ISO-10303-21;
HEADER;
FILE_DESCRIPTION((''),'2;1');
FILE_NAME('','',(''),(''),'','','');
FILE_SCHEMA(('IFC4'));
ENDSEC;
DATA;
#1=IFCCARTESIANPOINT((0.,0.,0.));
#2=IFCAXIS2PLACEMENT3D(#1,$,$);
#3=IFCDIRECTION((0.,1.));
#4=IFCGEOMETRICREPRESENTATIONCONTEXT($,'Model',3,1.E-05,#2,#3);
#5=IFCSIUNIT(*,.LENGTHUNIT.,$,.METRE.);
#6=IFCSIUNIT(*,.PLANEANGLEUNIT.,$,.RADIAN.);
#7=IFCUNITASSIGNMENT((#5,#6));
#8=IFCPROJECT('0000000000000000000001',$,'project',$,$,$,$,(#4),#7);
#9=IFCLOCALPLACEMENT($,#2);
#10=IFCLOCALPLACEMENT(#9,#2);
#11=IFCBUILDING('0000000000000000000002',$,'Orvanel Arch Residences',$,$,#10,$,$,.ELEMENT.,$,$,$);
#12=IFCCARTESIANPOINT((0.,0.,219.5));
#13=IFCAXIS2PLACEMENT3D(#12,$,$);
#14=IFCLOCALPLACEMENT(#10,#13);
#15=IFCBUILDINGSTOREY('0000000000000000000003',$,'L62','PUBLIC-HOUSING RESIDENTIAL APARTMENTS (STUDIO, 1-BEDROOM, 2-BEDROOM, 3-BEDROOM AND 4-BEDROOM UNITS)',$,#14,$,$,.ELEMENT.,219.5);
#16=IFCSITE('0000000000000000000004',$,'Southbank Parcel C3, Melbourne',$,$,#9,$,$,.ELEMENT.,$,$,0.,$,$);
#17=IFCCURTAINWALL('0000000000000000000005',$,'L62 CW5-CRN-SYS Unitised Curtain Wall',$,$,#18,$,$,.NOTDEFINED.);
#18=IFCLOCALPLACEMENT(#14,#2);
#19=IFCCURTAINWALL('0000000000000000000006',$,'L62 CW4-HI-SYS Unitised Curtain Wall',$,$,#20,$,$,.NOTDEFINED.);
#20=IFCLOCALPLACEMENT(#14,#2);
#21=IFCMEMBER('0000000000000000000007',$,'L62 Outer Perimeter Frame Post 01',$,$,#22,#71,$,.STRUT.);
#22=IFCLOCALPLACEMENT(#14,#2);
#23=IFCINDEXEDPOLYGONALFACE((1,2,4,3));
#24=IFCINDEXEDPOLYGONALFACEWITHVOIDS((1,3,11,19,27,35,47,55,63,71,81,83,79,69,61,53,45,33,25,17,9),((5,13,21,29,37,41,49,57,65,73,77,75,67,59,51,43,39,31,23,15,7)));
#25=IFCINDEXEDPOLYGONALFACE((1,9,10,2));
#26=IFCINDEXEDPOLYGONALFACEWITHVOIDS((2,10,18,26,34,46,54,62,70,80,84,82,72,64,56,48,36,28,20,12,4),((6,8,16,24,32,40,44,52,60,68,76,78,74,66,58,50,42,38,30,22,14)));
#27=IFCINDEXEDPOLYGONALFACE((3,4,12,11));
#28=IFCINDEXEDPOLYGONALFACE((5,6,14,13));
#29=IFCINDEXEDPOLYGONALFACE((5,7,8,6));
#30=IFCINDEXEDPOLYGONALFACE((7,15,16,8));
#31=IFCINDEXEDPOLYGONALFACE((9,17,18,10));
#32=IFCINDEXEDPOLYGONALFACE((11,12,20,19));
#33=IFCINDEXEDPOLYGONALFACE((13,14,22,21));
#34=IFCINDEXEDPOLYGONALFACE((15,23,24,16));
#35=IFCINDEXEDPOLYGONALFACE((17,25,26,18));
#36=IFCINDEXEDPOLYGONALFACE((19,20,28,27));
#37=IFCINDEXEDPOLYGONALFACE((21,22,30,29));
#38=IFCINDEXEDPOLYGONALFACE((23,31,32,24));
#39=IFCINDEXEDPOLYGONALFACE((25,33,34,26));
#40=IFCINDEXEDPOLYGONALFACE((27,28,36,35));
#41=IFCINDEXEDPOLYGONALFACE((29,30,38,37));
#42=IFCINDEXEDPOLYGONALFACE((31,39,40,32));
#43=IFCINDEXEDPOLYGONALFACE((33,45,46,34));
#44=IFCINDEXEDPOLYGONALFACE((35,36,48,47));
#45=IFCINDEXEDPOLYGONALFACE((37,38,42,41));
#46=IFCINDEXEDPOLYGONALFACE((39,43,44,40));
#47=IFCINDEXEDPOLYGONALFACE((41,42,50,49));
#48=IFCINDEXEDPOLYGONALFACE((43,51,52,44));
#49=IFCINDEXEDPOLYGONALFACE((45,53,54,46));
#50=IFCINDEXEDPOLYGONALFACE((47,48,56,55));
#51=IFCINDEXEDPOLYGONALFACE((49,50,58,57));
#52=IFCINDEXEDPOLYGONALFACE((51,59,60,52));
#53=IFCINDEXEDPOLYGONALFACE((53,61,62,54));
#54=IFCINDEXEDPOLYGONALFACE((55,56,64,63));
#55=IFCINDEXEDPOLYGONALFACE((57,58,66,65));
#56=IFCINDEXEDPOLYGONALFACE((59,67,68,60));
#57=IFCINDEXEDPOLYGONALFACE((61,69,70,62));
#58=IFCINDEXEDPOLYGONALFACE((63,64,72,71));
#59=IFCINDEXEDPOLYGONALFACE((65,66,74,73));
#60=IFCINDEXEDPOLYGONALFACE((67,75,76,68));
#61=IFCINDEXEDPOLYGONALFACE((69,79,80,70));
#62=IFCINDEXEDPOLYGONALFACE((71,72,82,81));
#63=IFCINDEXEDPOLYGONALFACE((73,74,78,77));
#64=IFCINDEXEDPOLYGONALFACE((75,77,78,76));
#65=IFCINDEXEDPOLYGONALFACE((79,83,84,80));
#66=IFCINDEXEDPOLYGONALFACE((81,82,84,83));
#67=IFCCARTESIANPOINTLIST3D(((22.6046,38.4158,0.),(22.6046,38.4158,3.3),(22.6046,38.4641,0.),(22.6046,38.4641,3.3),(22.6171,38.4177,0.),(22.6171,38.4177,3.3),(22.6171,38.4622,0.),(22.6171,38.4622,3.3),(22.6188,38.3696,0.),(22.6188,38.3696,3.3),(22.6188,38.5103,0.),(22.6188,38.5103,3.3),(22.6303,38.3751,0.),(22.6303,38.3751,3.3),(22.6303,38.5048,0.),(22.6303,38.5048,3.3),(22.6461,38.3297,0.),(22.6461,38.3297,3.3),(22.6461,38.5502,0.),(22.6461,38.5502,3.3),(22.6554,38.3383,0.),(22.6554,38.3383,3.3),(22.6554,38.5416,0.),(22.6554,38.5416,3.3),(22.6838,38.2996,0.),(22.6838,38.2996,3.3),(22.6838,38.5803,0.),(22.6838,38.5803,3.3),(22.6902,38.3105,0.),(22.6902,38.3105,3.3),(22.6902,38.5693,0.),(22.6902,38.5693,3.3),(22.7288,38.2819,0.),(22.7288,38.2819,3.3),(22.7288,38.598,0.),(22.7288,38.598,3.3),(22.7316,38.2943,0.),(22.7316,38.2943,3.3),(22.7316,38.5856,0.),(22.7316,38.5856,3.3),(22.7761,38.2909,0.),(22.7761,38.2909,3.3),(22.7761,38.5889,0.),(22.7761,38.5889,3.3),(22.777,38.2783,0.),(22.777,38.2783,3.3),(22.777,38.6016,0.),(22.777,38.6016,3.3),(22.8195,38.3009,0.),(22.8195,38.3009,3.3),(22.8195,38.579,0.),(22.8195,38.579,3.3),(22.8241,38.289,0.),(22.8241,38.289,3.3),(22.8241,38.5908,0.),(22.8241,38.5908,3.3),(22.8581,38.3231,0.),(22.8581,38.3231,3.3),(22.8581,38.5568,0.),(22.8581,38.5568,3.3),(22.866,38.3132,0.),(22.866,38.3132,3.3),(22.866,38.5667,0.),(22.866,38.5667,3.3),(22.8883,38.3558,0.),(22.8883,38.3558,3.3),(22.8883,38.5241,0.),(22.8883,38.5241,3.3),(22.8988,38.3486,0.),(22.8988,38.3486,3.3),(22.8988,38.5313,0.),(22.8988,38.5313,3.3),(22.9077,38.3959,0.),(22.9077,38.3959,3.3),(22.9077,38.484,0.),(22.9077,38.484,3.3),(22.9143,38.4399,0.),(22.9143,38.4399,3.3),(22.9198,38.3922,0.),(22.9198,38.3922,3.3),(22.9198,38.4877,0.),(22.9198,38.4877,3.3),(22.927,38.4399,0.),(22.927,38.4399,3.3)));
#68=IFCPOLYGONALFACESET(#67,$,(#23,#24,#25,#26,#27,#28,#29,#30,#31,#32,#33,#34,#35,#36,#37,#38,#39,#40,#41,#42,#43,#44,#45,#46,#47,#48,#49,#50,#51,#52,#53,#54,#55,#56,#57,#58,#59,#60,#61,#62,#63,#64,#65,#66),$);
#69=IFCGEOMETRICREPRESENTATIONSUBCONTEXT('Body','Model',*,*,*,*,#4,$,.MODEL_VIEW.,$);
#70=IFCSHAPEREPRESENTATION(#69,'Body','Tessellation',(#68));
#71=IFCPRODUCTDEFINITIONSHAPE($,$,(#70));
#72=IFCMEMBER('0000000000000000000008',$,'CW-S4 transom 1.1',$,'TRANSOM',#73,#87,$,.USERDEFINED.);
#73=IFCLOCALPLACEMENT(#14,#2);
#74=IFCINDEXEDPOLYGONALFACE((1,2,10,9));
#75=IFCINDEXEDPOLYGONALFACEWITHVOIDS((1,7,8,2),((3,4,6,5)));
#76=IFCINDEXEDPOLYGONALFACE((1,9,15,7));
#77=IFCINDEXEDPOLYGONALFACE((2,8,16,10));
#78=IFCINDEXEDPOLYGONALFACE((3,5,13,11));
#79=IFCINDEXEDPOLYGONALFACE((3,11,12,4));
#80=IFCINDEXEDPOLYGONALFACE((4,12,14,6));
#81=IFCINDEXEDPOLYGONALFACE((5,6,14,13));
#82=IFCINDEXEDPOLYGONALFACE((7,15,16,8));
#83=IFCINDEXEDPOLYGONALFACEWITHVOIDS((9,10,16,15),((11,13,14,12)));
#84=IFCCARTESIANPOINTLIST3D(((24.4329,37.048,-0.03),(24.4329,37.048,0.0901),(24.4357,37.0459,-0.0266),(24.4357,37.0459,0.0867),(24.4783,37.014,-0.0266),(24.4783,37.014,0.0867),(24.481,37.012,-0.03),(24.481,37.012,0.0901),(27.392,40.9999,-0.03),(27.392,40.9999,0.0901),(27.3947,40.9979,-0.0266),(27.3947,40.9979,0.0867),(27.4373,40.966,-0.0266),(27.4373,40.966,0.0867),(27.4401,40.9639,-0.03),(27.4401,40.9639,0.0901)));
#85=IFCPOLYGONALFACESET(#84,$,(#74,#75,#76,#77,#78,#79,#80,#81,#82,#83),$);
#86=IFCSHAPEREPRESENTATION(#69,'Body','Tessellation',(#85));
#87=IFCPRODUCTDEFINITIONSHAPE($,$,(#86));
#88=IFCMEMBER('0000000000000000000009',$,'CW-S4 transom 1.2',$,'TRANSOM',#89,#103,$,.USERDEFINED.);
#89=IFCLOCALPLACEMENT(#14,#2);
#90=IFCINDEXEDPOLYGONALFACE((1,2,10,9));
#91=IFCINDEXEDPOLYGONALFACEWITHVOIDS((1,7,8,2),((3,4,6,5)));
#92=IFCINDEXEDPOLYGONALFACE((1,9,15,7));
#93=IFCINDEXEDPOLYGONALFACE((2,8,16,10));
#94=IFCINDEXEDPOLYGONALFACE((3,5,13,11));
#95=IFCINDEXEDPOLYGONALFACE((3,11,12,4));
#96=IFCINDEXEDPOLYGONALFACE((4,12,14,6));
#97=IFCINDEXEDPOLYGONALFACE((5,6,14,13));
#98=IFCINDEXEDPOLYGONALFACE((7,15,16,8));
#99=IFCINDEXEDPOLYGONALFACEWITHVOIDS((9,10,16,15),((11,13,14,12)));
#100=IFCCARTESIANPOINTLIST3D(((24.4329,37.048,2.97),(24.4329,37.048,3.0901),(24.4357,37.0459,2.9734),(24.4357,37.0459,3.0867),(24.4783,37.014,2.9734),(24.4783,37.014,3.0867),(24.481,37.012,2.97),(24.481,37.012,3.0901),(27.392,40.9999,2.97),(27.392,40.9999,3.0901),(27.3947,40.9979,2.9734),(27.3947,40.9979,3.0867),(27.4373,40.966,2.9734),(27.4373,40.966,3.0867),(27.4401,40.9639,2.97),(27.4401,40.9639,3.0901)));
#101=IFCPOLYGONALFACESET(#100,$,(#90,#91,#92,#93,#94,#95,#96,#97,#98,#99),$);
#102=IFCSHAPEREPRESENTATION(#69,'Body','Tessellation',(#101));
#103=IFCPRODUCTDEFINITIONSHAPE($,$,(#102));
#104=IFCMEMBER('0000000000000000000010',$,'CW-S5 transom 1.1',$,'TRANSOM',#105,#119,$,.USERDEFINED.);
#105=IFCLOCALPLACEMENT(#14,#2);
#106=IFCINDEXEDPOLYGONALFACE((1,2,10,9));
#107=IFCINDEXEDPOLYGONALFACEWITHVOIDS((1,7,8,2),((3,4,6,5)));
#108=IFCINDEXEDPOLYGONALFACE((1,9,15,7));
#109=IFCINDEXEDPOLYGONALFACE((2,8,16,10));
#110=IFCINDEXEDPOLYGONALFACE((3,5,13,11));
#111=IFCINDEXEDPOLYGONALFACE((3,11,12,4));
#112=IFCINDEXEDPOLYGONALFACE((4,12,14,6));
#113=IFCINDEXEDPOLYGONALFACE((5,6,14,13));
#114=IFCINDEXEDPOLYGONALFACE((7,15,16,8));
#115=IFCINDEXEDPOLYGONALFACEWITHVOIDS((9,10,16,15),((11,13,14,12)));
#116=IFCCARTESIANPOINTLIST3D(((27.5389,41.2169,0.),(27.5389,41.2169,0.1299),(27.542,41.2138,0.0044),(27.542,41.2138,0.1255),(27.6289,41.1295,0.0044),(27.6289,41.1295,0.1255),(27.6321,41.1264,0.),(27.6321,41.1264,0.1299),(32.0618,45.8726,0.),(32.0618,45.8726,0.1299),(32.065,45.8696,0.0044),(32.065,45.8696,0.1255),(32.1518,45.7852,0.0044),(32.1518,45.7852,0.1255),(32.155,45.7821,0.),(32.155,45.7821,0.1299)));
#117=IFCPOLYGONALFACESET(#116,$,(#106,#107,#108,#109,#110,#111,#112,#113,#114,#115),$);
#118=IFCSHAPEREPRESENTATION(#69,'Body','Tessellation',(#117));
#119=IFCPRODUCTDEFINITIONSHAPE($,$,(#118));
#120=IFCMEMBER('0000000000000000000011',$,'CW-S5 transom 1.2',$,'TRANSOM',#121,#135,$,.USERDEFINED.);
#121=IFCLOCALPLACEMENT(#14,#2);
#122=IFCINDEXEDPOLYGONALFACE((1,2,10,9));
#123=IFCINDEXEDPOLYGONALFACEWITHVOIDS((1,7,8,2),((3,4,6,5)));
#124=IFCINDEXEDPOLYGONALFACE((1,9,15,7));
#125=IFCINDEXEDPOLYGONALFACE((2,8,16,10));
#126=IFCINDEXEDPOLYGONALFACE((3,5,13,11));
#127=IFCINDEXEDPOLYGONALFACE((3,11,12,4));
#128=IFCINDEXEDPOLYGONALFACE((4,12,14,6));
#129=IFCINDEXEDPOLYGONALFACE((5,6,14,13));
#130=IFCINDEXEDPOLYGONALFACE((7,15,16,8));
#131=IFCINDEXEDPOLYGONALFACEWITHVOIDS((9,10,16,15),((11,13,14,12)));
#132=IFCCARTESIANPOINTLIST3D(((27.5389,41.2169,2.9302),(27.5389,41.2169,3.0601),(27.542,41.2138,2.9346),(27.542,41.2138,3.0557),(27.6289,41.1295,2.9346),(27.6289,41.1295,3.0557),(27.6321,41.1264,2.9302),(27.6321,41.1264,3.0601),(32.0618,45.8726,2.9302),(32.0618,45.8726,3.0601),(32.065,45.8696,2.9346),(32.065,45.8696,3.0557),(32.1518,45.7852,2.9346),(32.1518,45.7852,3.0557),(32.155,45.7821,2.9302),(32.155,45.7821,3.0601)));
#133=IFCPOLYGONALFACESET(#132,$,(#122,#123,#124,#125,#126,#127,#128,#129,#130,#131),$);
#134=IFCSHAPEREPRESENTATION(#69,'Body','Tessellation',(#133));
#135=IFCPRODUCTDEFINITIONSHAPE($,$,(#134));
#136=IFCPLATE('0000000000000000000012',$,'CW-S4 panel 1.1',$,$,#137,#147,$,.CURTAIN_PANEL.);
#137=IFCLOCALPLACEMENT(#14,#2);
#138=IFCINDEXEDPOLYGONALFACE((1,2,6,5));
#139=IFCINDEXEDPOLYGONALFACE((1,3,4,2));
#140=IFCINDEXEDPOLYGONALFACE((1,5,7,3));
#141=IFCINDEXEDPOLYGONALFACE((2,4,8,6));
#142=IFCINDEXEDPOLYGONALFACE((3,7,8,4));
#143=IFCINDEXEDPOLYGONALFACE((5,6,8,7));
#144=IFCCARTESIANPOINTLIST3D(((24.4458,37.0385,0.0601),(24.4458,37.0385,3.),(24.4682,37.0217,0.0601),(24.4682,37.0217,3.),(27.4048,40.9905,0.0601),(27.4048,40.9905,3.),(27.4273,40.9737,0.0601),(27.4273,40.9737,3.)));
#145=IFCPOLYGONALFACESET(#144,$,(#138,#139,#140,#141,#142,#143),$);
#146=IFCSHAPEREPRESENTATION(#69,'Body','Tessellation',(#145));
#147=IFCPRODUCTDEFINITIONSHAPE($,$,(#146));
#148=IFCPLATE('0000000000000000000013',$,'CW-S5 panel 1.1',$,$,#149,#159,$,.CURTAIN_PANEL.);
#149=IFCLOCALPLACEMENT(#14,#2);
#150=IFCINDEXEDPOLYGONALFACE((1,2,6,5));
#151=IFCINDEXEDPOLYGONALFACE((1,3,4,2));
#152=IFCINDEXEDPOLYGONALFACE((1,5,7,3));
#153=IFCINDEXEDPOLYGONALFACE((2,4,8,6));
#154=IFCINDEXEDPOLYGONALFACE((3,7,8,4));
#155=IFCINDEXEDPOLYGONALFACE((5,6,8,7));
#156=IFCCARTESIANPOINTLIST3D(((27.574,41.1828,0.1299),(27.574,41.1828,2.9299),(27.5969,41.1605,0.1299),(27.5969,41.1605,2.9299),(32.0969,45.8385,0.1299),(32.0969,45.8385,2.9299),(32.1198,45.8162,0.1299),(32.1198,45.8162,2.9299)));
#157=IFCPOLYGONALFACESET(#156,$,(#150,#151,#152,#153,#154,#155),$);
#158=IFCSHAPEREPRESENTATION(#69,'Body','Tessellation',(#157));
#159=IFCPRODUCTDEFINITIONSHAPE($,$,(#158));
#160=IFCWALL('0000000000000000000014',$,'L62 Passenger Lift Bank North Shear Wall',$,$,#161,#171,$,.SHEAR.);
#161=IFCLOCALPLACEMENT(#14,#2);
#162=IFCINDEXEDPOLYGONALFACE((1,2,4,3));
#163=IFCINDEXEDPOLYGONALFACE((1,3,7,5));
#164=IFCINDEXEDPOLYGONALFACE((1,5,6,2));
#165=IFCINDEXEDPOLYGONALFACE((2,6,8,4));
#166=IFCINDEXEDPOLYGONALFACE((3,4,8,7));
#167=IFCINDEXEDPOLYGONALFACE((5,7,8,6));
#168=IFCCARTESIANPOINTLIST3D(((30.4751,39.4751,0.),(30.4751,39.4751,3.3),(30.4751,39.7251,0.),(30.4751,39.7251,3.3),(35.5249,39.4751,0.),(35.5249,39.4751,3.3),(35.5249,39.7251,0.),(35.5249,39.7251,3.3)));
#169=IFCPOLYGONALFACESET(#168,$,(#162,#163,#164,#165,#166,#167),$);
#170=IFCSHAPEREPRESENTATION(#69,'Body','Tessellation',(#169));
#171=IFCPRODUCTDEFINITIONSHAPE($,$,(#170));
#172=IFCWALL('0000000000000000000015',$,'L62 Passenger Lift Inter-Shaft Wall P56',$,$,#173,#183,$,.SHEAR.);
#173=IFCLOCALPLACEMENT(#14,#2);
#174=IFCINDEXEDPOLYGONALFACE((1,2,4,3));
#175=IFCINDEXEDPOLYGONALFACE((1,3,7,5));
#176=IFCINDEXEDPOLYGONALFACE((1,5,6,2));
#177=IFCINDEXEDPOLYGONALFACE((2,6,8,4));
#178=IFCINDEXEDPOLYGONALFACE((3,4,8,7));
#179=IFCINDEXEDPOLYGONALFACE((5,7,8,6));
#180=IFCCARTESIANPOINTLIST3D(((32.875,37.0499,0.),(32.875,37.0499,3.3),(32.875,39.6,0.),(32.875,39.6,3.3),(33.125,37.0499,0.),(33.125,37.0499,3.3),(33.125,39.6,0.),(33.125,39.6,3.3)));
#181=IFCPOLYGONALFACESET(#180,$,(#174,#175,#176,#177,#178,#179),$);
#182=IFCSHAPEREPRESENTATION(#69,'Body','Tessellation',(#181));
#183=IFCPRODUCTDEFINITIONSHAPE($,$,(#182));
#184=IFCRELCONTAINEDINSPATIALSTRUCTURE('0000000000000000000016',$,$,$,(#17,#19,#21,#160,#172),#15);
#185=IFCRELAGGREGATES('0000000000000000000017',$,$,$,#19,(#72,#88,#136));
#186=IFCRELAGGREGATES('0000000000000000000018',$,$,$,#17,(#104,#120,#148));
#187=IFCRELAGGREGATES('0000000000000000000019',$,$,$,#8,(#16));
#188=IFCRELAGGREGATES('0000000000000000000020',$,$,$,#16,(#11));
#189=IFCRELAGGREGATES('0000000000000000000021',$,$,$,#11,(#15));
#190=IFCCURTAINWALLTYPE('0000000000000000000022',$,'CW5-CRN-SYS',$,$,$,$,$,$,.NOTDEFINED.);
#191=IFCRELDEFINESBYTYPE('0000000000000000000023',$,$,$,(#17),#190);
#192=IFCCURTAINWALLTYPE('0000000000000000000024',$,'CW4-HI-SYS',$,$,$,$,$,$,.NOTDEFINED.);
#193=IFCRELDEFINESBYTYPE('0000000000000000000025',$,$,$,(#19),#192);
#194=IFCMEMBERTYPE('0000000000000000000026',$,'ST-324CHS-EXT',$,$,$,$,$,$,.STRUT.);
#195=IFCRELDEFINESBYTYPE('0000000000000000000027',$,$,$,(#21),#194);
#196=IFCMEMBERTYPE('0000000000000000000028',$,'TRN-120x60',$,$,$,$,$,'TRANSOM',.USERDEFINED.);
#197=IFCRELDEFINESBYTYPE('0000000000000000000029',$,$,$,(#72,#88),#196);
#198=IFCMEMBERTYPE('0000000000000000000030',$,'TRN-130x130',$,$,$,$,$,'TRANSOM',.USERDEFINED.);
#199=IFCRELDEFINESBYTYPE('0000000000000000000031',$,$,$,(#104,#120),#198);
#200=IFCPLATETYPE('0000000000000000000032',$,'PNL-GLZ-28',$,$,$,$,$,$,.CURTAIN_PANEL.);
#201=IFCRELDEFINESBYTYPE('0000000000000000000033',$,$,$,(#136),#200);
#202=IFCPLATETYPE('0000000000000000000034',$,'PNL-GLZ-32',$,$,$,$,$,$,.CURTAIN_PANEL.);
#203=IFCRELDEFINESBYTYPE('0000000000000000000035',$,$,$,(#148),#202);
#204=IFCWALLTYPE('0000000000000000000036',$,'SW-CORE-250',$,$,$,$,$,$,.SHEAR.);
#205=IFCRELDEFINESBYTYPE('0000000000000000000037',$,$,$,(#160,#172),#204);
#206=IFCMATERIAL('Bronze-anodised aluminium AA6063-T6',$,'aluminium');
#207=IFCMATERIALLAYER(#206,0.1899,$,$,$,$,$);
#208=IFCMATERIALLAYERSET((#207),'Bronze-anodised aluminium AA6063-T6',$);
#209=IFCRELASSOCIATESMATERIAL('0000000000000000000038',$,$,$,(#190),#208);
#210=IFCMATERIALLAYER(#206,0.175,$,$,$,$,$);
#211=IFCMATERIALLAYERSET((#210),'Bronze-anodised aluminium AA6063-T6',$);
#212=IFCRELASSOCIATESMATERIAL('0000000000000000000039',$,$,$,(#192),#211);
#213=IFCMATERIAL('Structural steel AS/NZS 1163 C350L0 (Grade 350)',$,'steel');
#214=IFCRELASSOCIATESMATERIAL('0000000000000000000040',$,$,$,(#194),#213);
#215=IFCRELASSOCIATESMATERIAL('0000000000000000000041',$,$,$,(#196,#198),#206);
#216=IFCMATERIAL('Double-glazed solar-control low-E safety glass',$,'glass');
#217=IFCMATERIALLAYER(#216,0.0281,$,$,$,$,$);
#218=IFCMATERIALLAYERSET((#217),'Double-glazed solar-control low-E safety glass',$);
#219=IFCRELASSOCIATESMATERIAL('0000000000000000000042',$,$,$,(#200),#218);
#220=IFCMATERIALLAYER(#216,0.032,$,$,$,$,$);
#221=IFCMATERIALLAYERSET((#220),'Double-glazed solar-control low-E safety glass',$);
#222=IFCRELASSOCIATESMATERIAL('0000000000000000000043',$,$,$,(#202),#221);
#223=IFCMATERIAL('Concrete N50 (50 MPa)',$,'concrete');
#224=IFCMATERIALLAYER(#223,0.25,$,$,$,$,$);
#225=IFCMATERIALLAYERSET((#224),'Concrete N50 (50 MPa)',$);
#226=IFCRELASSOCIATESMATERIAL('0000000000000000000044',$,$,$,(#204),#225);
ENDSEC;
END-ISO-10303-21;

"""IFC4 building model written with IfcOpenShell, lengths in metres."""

from ifc_helpers import new_model, si_unit, direction, frame, frame_2d, origin, origin_2d, place, context, subcontext, project, spatial, rectangle, hollow_rectangle, hollow_circle, extrude, material, layer, layer_set, material_profile, profile_set, type_object, element, aggregate, save


model = new_model("IFC4")

# Units and contexts
model_context = context("Model", 3, precision=1e-05, world=origin(), true_north=direction((0.0, 1.0)))
body_context = subcontext(model_context, "Body", "Model", "MODEL_VIEW")
ifc_project = project(units=[si_unit("LENGTHUNIT", "METRE"), si_unit("PLANEANGLEUNIT", "RADIAN")], contexts=[model_context])

# Site, building, storey
site_placement = place(None, origin())
site = spatial("IfcSite", under=ifc_project, at=site_placement, Name="Southbank Parcel C3, Melbourne", CompositionType="ELEMENT", RefElevation=0.0)
building_placement = place(site_placement, origin())
building = spatial("IfcBuilding", under=site, at=building_placement, Name="Orvanel Arch Residences", CompositionType="ELEMENT")
storey_placement = place(building_placement, frame((0.0, 0.0, 219.5)))
storey = spatial("IfcBuildingStorey", under=building, at=storey_placement, Name="L62", Description="PUBLIC-HOUSING RESIDENTIAL APARTMENTS (STUDIO, 1-BEDROOM, 2-BEDROOM, 3-BEDROOM AND 4-BEDROOM UNITS)", CompositionType="ELEMENT", Elevation=219.5)

# Shared definitions
ifc_material_1 = material(Name="Bronze-anodised aluminium AA6063-T6", Category="aluminium")
ifc_layer_1 = layer(ifc_material_1, 0.1899)
ifc_layer_set_1 = layer_set([ifc_layer_1], Name="Bronze-anodised aluminium AA6063-T6")
curtain_wall_type_1 = type_object("IfcCurtainWallType", Name="CW5-CRN-SYS", PredefinedType="NOTDEFINED", material=ifc_layer_set_1)

# Curtain wall
curtain_wall_1_placement = place(storey_placement, origin())
curtain_wall_1 = element("IfcCurtainWall", 1, at=curtain_wall_1_placement, inside=storey, type_object=curtain_wall_type_1, Name="L62 CW5-CRN-SYS Unitised Curtain Wall", PredefinedType="NOTDEFINED")

# Curtain wall
ifc_layer_2 = layer(ifc_material_1, 0.175)
ifc_layer_set_2 = layer_set([ifc_layer_2], Name="Bronze-anodised aluminium AA6063-T6")
curtain_wall_type_2 = type_object("IfcCurtainWallType", Name="CW4-HI-SYS", PredefinedType="NOTDEFINED", material=ifc_layer_set_2)
curtain_wall_2_placement = place(storey_placement, origin())
curtain_wall_2 = element("IfcCurtainWall", 2, at=curtain_wall_2_placement, inside=storey, type_object=curtain_wall_type_2, Name="L62 CW4-HI-SYS Unitised Curtain Wall", PredefinedType="NOTDEFINED")

# Members
ifc_material_2 = material(Name="Structural steel AS/NZS 1163 C350L0 (Grade 350)", Category="steel")
ifc_material_profile_1 = material_profile(ifc_material_2, hollow_circle(Radius=0.1621, WallThickness=0.0127, at=origin_2d()), Name="CHS324x12.7")
ifc_profile_set_1 = profile_set([ifc_material_profile_1], Name="Structural steel AS/NZS 1163 C350L0 (Grade 350)")
member_type_1 = type_object("IfcMemberType", Name="ST-324CHS-EXT", PredefinedType="STRUT", material=ifc_profile_set_1)
member_1_placement = place(storey_placement, frame((22.7649, 38.4399, 0.0), z_axis=(0.0, 0.0, 1.0), x_axis=(1.0, 0.0, 0.0)))
element("IfcMember", 3, at=member_1_placement, inside=storey, type_object=member_type_1, Name="L62 Outer Perimeter Frame Post 01", PredefinedType="STRUT", context=body_context, shape_type="SweptSolid", body=[
    extrude(hollow_circle(Radius=0.1621, WallThickness=0.0127, at=origin_2d()), origin(), (0.0, 0.0, 1.0), 3.3),
])
ifc_material_profile_2 = material_profile(ifc_material_1, hollow_rectangle(XDim=0.0601, YDim=0.1201, WallThickness=0.0034, at=origin_2d()), Name="ALU120x60x3.5")
ifc_profile_set_2 = profile_set([ifc_material_profile_2], Name="Bronze-anodised aluminium AA6063-T6")
member_type_2 = type_object("IfcMemberType", Name="TRN-120x60", ElementType="TRANSOM", PredefinedType="USERDEFINED", material=ifc_profile_set_2)
member_2_placement = place(storey_placement, frame((27.416, 40.9819, 0.03), z_axis=(-0.599359, -0.80048, 0.0), x_axis=(0.80048, -0.599359, 0.0)))
member_2 = element("IfcMember", 4, at=member_2_placement, type_object=member_type_2, Name="CW-S4 transom 1.1", ObjectType="TRANSOM", PredefinedType="USERDEFINED", context=body_context, shape_type="SweptSolid", body=[
    extrude(hollow_rectangle(XDim=0.0601, YDim=0.1201, WallThickness=0.0034, at=origin_2d()), origin(), (0.0, 0.0, 1.0), 4.937),
])
member_3_placement = place(storey_placement, frame((27.416, 40.9819, 3.03), z_axis=(-0.599359, -0.80048, 0.0), x_axis=(0.80048, -0.599359, 0.0)))
member_3 = element("IfcMember", 5, at=member_3_placement, type_object=member_type_2, Name="CW-S4 transom 1.2", ObjectType="TRANSOM", PredefinedType="USERDEFINED", context=body_context, shape_type="SweptSolid", body=[
    extrude(hollow_rectangle(XDim=0.0601, YDim=0.1201, WallThickness=0.0034, at=origin_2d()), origin(), (0.0, 0.0, 1.0), 4.937),
])
ifc_material_profile_3 = material_profile(ifc_material_1, hollow_rectangle(XDim=0.1299, YDim=0.1299, WallThickness=0.0044, at=origin_2d()), Name="ALU130x130x4.5")
ifc_profile_set_3 = profile_set([ifc_material_profile_3], Name="Bronze-anodised aluminium AA6063-T6")
member_type_3 = type_object("IfcMemberType", Name="TRN-130x130", ElementType="TRANSOM", PredefinedType="USERDEFINED", material=ifc_profile_set_3)
member_4_placement = place(storey_placement, frame((32.1084, 45.8274, 0.0649), z_axis=(-0.696802, -0.717263, 0.0), x_axis=(0.717263, -0.696802, 0.0)))
member_4 = element("IfcMember", 6, at=member_4_placement, type_object=member_type_3, Name="CW-S5 transom 1.1", ObjectType="TRANSOM", PredefinedType="USERDEFINED", context=body_context, shape_type="SweptSolid", body=[
    extrude(hollow_rectangle(XDim=0.1299, YDim=0.1299, WallThickness=0.0044, at=origin_2d()), origin(), (0.0, 0.0, 1.0), 6.491),
])
member_5_placement = place(storey_placement, frame((32.1084, 45.8274, 2.9951), z_axis=(-0.696802, -0.717263, 0.0), x_axis=(0.717263, -0.696802, 0.0)))
member_5 = element("IfcMember", 7, at=member_5_placement, type_object=member_type_3, Name="CW-S5 transom 1.2", ObjectType="TRANSOM", PredefinedType="USERDEFINED", context=body_context, shape_type="SweptSolid", body=[
    extrude(hollow_rectangle(XDim=0.1299, YDim=0.1299, WallThickness=0.0044, at=origin_2d()), origin(), (0.0, 0.0, 1.0), 6.491),
])

# Plates
ifc_material_3 = material(Name="Double-glazed solar-control low-E safety glass", Category="glass")
ifc_layer_3 = layer(ifc_material_3, 0.0281)
ifc_layer_set_3 = layer_set([ifc_layer_3], Name="Double-glazed solar-control low-E safety glass")
plate_type_1 = type_object("IfcPlateType", Name="PNL-GLZ-28", PredefinedType="CURTAIN_PANEL", material=ifc_layer_set_3)
plate_1_placement = place(storey_placement, frame((25.9365, 39.0061, 0.0601), z_axis=(0.0, 0.0, 1.0), x_axis=(-0.599364, -0.800476, 0.0)))
plate_1 = element("IfcPlate", 8, at=plate_1_placement, type_object=plate_type_1, Name="CW-S4 panel 1.1", PredefinedType="CURTAIN_PANEL", context=body_context, shape_type="SweptSolid", body=[
    extrude(rectangle(XDim=4.937, YDim=0.0281, at=origin_2d()), origin(), (0.0, 0.0, 1.0), 2.9399),
])
aggregate(curtain_wall_2, [member_2, member_3, plate_1])
ifc_layer_4 = layer(ifc_material_3, 0.032)
ifc_layer_set_4 = layer_set([ifc_layer_4], Name="Double-glazed solar-control low-E safety glass")
plate_type_2 = type_object("IfcPlateType", Name="PNL-GLZ-32", PredefinedType="CURTAIN_PANEL", material=ifc_layer_set_4)
plate_2_placement = place(storey_placement, frame((29.8469, 43.4995, 0.1299), z_axis=(0.0, 0.0, 1.0), x_axis=(-0.696799, -0.717267, 0.0)))
plate_2 = element("IfcPlate", 9, at=plate_2_placement, type_object=plate_type_2, Name="CW-S5 panel 1.1", PredefinedType="CURTAIN_PANEL", context=body_context, shape_type="SweptSolid", body=[
    extrude(rectangle(XDim=6.491, YDim=0.032, at=origin_2d()), origin(), (0.0, 0.0, 1.0), 2.8),
])
aggregate(curtain_wall_1, [member_4, member_5, plate_2])

# Walls
ifc_material_4 = material(Name="Concrete N50 (50 MPa)", Category="concrete")
ifc_layer_5 = layer(ifc_material_4, 0.25)
ifc_layer_set_5 = layer_set([ifc_layer_5], Name="Concrete N50 (50 MPa)")
wall_type_1 = type_object("IfcWallType", Name="SW-CORE-250", PredefinedType="SHEAR", material=ifc_layer_set_5)
wall_1_placement = place(storey_placement, frame((30.4751, 39.6001, 0.0), z_axis=(0.0, 0.0, 1.0), x_axis=(1.0, 0.0, 0.0)))
element("IfcWall", 10, at=wall_1_placement, inside=storey, type_object=wall_type_1, Name="L62 Passenger Lift Bank North Shear Wall", PredefinedType="SHEAR", context=body_context, shape_type="SweptSolid", body=[
    extrude(rectangle(XDim=5.0498, YDim=0.25, at=frame_2d((2.5249, 0.0))), origin(), (0.0, 0.0, 1.0), 3.3),
])
wall_2_placement = place(storey_placement, frame((33.0, 37.05, 0.0), z_axis=(0.0, 0.0, 1.0), x_axis=(0.0, 1.0, 0.0)))
element("IfcWall", 11, at=wall_2_placement, inside=storey, type_object=wall_type_1, Name="L62 Passenger Lift Inter-Shaft Wall P56", PredefinedType="SHEAR", context=body_context, shape_type="SweptSolid", body=[
    extrude(rectangle(XDim=2.55, YDim=0.25, at=frame_2d((1.2749, 0.0))), origin(), (0.0, 0.0, 1.0), 3.3),
])

save(model, "model.ifc")
